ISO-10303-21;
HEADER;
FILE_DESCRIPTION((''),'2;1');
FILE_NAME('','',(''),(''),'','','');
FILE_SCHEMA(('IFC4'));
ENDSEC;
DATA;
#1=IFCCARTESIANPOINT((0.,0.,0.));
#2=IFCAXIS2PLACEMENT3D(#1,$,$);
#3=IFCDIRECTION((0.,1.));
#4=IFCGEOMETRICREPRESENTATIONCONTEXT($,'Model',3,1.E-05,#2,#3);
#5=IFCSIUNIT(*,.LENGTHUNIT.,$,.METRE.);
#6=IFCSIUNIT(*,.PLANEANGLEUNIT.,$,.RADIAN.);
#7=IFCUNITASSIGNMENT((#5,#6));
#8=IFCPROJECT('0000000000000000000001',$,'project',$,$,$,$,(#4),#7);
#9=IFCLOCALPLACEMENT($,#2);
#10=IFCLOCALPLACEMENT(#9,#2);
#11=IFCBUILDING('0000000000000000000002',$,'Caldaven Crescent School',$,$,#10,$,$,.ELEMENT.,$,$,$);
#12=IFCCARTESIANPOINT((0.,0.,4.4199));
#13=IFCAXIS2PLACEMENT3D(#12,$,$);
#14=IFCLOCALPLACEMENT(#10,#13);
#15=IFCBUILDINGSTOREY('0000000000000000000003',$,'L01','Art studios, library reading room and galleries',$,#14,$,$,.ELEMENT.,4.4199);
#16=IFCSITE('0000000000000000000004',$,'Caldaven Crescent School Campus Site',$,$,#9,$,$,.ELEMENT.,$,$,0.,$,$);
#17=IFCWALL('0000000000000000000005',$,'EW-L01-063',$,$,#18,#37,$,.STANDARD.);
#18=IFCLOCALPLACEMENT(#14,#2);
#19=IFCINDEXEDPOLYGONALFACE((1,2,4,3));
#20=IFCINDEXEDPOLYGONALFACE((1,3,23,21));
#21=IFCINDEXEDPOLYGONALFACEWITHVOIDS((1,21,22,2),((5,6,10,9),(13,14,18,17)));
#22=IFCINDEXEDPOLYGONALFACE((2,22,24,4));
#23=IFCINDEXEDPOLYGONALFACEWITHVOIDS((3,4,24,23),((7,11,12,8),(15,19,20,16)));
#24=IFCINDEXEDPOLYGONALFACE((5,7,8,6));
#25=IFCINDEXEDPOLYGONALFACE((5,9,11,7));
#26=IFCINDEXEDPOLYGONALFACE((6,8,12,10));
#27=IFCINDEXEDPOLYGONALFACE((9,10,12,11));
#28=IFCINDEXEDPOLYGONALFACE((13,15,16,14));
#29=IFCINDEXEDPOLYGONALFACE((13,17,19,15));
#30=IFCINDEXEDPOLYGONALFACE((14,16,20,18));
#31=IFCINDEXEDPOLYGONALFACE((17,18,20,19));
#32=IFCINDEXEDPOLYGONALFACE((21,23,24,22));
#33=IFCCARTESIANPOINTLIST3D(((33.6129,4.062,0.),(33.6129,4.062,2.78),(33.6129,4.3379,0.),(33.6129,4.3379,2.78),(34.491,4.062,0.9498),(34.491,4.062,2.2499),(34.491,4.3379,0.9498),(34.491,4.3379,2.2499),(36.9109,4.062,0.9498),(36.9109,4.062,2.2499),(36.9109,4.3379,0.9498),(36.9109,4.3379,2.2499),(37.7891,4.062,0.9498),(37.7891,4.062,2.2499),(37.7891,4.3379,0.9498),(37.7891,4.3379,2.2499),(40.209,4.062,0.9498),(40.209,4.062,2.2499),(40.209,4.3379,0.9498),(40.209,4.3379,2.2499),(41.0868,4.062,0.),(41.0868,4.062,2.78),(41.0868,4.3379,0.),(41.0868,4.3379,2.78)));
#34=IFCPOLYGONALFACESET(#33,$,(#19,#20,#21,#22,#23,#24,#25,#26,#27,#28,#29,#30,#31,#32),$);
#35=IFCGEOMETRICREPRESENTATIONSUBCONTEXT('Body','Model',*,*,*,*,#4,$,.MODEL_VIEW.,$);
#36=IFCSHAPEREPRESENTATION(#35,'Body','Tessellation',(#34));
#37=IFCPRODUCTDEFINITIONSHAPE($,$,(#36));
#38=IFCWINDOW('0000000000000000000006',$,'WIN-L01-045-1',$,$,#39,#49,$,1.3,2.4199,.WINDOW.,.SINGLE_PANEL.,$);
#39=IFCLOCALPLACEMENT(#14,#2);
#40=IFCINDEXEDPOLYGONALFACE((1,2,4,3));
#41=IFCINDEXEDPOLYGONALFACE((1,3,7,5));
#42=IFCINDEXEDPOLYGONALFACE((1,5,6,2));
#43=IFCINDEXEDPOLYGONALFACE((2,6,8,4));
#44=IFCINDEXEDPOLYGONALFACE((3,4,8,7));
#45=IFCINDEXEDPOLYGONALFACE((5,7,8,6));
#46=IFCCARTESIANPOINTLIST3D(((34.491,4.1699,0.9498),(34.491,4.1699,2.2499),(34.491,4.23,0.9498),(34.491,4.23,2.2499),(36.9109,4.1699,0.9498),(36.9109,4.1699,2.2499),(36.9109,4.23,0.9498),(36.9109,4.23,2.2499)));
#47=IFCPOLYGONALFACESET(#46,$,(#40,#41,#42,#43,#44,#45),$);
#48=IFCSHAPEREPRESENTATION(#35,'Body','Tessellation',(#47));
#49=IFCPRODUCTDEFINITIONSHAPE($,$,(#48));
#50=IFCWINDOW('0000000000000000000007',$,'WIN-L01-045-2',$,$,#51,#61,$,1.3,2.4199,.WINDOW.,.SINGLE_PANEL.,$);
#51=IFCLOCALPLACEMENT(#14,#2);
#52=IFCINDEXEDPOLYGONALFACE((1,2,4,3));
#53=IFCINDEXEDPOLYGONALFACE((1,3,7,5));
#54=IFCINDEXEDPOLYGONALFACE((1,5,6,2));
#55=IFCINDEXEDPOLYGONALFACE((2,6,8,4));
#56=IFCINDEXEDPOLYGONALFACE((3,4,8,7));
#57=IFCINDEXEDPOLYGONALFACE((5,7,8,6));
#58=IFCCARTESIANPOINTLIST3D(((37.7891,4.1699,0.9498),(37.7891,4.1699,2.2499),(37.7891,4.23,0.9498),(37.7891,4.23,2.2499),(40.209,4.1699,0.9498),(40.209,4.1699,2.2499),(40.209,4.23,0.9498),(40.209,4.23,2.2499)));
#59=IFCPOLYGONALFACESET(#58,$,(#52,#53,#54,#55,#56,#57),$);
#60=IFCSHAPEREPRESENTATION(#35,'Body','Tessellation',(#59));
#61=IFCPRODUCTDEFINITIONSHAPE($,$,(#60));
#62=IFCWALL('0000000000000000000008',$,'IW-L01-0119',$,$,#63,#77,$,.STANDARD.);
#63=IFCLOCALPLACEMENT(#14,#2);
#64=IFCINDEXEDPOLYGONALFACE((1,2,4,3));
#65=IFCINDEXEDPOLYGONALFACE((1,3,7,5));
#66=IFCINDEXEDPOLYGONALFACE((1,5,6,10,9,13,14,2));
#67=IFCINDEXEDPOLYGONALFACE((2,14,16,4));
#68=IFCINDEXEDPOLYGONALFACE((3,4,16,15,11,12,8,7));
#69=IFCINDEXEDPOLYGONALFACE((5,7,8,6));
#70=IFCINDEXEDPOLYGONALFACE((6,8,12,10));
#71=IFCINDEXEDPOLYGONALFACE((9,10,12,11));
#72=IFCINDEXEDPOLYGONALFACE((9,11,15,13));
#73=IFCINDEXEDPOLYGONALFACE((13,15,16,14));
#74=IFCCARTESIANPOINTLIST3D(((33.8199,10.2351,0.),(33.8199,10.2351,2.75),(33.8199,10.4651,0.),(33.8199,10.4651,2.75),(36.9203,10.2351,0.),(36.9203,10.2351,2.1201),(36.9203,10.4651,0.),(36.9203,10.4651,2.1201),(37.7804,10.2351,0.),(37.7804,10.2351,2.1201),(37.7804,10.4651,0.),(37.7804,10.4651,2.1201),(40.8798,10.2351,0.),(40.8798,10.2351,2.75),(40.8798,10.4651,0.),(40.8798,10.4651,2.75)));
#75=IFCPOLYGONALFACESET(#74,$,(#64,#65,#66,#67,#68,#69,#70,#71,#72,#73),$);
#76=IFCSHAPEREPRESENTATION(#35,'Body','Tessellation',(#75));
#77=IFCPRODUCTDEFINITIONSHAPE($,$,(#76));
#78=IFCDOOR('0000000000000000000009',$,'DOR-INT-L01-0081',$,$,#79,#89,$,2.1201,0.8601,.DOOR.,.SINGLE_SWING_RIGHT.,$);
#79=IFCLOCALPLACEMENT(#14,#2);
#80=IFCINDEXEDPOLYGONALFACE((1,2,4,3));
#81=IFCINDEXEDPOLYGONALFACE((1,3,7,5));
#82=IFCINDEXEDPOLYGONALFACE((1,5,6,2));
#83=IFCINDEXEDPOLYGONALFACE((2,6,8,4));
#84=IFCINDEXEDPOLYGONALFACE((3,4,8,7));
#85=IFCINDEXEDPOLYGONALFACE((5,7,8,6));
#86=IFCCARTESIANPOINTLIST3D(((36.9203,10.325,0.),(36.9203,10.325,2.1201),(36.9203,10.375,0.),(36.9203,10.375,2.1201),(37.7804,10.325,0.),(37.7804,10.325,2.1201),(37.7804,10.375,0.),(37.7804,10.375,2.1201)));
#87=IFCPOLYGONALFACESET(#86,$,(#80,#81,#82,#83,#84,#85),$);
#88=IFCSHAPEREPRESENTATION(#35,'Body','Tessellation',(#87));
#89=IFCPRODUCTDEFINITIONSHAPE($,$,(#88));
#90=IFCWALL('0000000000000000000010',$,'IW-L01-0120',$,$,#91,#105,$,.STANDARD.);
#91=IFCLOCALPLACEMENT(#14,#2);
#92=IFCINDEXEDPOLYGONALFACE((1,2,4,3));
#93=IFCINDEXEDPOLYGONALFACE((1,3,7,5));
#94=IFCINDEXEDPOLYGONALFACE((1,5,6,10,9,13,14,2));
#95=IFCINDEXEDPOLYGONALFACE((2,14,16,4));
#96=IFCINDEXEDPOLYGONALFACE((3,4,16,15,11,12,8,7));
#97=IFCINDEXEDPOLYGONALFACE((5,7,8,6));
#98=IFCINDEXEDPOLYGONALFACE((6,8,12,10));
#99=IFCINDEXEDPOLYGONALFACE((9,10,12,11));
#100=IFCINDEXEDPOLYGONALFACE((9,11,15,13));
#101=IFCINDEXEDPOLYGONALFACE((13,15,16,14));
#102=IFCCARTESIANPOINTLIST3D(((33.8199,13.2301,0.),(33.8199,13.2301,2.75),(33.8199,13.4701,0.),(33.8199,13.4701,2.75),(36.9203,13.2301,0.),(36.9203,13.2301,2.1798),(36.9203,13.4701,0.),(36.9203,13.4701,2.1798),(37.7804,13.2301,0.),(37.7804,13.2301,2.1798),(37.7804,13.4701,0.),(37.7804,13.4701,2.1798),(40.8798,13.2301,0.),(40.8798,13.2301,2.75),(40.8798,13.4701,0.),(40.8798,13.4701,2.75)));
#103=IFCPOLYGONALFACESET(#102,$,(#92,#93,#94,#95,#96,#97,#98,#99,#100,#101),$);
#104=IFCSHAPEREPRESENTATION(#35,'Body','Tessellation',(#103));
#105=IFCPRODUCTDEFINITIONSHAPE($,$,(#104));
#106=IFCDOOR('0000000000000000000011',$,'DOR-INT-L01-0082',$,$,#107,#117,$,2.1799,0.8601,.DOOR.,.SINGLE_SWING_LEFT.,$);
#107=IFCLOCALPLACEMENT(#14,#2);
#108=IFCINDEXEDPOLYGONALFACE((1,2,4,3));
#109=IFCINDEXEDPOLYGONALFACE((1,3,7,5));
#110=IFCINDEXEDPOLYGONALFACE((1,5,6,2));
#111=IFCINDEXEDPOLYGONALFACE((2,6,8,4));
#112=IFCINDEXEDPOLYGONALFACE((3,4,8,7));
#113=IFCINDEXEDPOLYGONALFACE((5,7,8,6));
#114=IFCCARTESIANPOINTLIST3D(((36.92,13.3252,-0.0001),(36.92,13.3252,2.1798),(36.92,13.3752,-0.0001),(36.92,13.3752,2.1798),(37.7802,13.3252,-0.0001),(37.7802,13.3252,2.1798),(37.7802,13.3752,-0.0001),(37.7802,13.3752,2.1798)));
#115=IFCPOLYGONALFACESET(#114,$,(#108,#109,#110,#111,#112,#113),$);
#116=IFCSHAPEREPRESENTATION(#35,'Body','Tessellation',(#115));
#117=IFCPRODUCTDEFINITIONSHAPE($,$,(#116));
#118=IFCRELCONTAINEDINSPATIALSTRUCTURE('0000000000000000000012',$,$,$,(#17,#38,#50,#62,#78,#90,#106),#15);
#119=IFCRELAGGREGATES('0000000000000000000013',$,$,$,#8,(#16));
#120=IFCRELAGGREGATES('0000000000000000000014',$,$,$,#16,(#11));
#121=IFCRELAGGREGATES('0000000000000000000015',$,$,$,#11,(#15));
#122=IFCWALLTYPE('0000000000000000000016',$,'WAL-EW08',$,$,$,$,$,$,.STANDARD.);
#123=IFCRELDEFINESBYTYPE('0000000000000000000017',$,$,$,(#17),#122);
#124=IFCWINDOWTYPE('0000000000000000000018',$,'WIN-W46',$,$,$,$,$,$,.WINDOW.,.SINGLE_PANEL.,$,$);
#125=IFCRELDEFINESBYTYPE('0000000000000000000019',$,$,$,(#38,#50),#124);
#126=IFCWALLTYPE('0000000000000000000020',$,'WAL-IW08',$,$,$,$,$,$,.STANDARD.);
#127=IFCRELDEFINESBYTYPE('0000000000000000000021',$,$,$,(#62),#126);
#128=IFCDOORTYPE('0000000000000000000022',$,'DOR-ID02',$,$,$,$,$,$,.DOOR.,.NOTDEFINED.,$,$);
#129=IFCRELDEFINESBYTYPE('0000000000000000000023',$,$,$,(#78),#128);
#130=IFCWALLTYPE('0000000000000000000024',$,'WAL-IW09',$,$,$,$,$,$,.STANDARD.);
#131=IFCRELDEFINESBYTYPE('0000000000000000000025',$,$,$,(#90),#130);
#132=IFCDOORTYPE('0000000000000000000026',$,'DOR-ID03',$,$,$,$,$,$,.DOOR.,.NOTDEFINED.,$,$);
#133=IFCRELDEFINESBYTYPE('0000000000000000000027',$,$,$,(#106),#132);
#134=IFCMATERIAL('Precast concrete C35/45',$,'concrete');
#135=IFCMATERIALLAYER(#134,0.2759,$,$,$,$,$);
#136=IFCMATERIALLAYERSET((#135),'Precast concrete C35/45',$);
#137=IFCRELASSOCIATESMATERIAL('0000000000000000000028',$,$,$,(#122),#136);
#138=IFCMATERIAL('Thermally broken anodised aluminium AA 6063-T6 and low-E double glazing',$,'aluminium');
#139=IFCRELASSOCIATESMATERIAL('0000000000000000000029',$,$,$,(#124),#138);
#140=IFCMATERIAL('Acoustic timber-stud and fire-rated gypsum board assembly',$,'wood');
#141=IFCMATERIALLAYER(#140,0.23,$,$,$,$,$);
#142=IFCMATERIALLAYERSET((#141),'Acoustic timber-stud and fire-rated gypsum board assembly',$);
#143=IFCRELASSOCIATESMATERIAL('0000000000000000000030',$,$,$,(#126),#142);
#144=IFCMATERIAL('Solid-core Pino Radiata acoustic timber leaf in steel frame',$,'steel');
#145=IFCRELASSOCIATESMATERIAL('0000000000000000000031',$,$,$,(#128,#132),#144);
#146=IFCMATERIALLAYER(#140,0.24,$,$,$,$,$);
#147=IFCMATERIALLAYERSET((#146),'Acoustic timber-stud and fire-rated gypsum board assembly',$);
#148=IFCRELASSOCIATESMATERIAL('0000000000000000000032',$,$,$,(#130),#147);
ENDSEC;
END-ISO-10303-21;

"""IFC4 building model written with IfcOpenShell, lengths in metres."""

from ifc_helpers import new_model, si_unit, direction, frame, frame_2d, origin, place, context, subcontext, project, spatial, rectangle, extrude, material, layer, layer_set, type_object, element, fill, save


model = new_model("IFC4")

# Units and contexts
model_context = context("Model", 3, precision=1e-05, world=origin(), true_north=direction((0.0, 1.0)))
body_context = subcontext(model_context, "Body", "Model", "MODEL_VIEW")
ifc_project = project(units=[si_unit("LENGTHUNIT", "METRE"), si_unit("PLANEANGLEUNIT", "RADIAN")], contexts=[model_context])

# Site, building, storey
site_placement = place(None, origin())
site = spatial("IfcSite", under=ifc_project, at=site_placement, Name="Caldaven Crescent School Campus Site", CompositionType="ELEMENT", RefElevation=0.0)
building_placement = place(site_placement, origin())
building = spatial("IfcBuilding", under=site, at=building_placement, Name="Caldaven Crescent School", CompositionType="ELEMENT")
storey_placement = place(building_placement, frame((0.0, 0.0, 4.4199)))
storey = spatial("IfcBuildingStorey", under=building, at=storey_placement, Name="L01", Description="Art studios, library reading room and galleries", CompositionType="ELEMENT", Elevation=4.4199)

# Wall, openings, windows
ifc_material_1 = material(Name="Precast concrete C35/45", Category="concrete")
ifc_layer_1 = layer(ifc_material_1, 0.2759)
ifc_layer_set_1 = layer_set([ifc_layer_1], Name="Precast concrete C35/45")
wall_type_1 = type_object("IfcWallType", Name="WAL-EW08", PredefinedType="STANDARD", material=ifc_layer_set_1)
wall_1_placement = place(storey_placement, frame((33.613, 4.2, 0.0), z_axis=(0.0, 0.0, 1.0), x_axis=(1.0, 0.0, 0.0)))
wall_1 = element("IfcWall", 1, at=wall_1_placement, inside=storey, type_object=wall_type_1, Name="EW-L01-063", PredefinedType="STANDARD", context=body_context, shape_type="SweptSolid", body=[
    extrude(rectangle(XDim=7.4739, YDim=0.2759, at=frame_2d((3.7368, 0.0))), origin(), (0.0, 0.0, 1.0), 2.78),
])
opening_1_placement = place(wall_1_placement, frame((0.8779, 0.0, 0.95)))
opening_1 = element("IfcOpeningElement", 2, at=opening_1_placement, cuts=wall_1, PredefinedType="OPENING", context=body_context, shape_type="SweptSolid", body=[
    extrude(rectangle(XDim=2.4199, YDim=1.3, at=frame_2d((1.21, 0.6499))), frame((0.0, 0.1479, 0.0), z_axis=(0.0, -1.0, 0.0), x_axis=(1.0, 0.0, 0.0)), (0.0, 0.0, 1.0), 0.2959),
])
opening_2_placement = place(wall_1_placement, frame((4.176, 0.0, 0.95)))
opening_2 = element("IfcOpeningElement", 3, at=opening_2_placement, cuts=wall_1, PredefinedType="OPENING", context=body_context, shape_type="SweptSolid", body=[
    extrude(rectangle(XDim=2.4199, YDim=1.3, at=frame_2d((1.21, 0.6499))), frame((0.0, 0.1479, 0.0), z_axis=(0.0, -1.0, 0.0), x_axis=(1.0, 0.0, 0.0)), (0.0, 0.0, 1.0), 0.2959),
])
ifc_material_2 = material(Name="Thermally broken anodised aluminium AA 6063-T6 and low-E double glazing", Category="aluminium")
window_type = type_object("IfcWindowType", Name="WIN-W46", PartitioningType="SINGLE_PANEL", PredefinedType="WINDOW", material=ifc_material_2)
window_1_placement = place(opening_1_placement, origin())
window_1 = element("IfcWindow", 4, at=window_1_placement, inside=storey, type_object=window_type, Name="WIN-L01-045-1", OverallHeight=1.3, OverallWidth=2.4199, PartitioningType="SINGLE_PANEL", PredefinedType="WINDOW", context=body_context, shape_type="SweptSolid", body=[
    extrude(rectangle(XDim=2.4199, YDim=1.3, at=frame_2d((1.21, 0.6499))), frame((0.0, 0.03, 0.0), z_axis=(0.0, -1.0, 0.0), x_axis=(1.0, 0.0, 0.0)), (0.0, 0.0, 1.0), 0.0601),
])
fill(opening_1, window_1)
window_2_placement = place(opening_2_placement, origin())
window_2 = element("IfcWindow", 5, at=window_2_placement, inside=storey, type_object=window_type, Name="WIN-L01-045-2", OverallHeight=1.3, OverallWidth=2.4199, PartitioningType="SINGLE_PANEL", PredefinedType="WINDOW", context=body_context, shape_type="SweptSolid", body=[
    extrude(rectangle(XDim=2.4199, YDim=1.3, at=frame_2d((1.21, 0.6499))), frame((0.0, 0.03, 0.0), z_axis=(0.0, -1.0, 0.0), x_axis=(1.0, 0.0, 0.0)), (0.0, 0.0, 1.0), 0.0601),
])
fill(opening_2, window_2)

# Walls, openings, doors
ifc_material_3 = material(Name="Acoustic timber-stud and fire-rated gypsum board assembly", Category="wood")
ifc_layer_2 = layer(ifc_material_3, 0.23)
ifc_layer_set_2 = layer_set([ifc_layer_2], Name="Acoustic timber-stud and fire-rated gypsum board assembly")
wall_type_2 = type_object("IfcWallType", Name="WAL-IW08", PredefinedType="STANDARD", material=ifc_layer_set_2)
wall_2_placement = place(storey_placement, frame((33.8201, 10.3501, 0.0), z_axis=(0.0, 0.0, 1.0), x_axis=(1.0, 0.0, 0.0)))
wall_2 = element("IfcWall", 6, at=wall_2_placement, inside=storey, type_object=wall_type_2, Name="IW-L01-0119", PredefinedType="STANDARD", context=body_context, shape_type="SweptSolid", body=[
    extrude(rectangle(XDim=7.0598, YDim=0.23, at=frame_2d((3.5298, 0.0))), origin(), (0.0, 0.0, 1.0), 2.75),
])
opening_3_placement = place(wall_2_placement, frame((3.1001, 0.0, 0.0)))
opening_3 = element("IfcOpeningElement", 7, at=opening_3_placement, cuts=wall_2, PredefinedType="OPENING", context=body_context, shape_type="SweptSolid", body=[
    extrude(rectangle(XDim=0.8601, YDim=2.1201, at=frame_2d((0.4302, 1.0601))), frame((0.0, 0.125, 0.0), z_axis=(0.0, -1.0, 0.0), x_axis=(1.0, 0.0, 0.0)), (0.0, 0.0, 1.0), 0.25),
])
ifc_material_4 = material(Name="Solid-core Pino Radiata acoustic timber leaf in steel frame", Category="steel")
door_type_1 = type_object("IfcDoorType", Name="DOR-ID02", OperationType="NOTDEFINED", PredefinedType="DOOR", material=ifc_material_4)
door_1_placement = place(opening_3_placement, origin())
door_1 = element("IfcDoor", 8, at=door_1_placement, inside=storey, type_object=door_type_1, Name="DOR-INT-L01-0081", OperationType="SINGLE_SWING_RIGHT", OverallHeight=2.1201, OverallWidth=0.8601, PredefinedType="DOOR", context=body_context, shape_type="SweptSolid", body=[
    extrude(rectangle(XDim=0.8601, YDim=2.1201, at=frame_2d((0.4302, 1.0601))), frame((0.0, 0.0249, 0.0), z_axis=(0.0, -1.0, 0.0), x_axis=(1.0, 0.0, 0.0)), (0.0, 0.0, 1.0), 0.05),
])
fill(opening_3, door_1)
ifc_layer_3 = layer(ifc_material_3, 0.24)
ifc_layer_set_3 = layer_set([ifc_layer_3], Name="Acoustic timber-stud and fire-rated gypsum board assembly")
wall_type_3 = type_object("IfcWallType", Name="WAL-IW09", PredefinedType="STANDARD", material=ifc_layer_set_3)
wall_3_placement = place(storey_placement, frame((33.8201, 13.3501, 0.0), z_axis=(0.0, 0.0, 1.0), x_axis=(1.0, 0.0, 0.0)))
wall_3 = element("IfcWall", 9, at=wall_3_placement, inside=storey, type_object=wall_type_3, Name="IW-L01-0120", PredefinedType="STANDARD", context=body_context, shape_type="SweptSolid", body=[
    extrude(rectangle(XDim=7.0598, YDim=0.24, at=frame_2d((3.5298, 0.0))), origin(), (0.0, 0.0, 1.0), 2.75),
])
opening_4_placement = place(wall_3_placement, frame((3.1001, 0.0, 0.0)))
opening_4 = element("IfcOpeningElement", 10, at=opening_4_placement, cuts=wall_3, PredefinedType="OPENING", context=body_context, shape_type="SweptSolid", body=[
    extrude(rectangle(XDim=0.8601, YDim=2.1799, at=frame_2d((0.4302, 1.0898))), frame((0.0, 0.1299, 0.0), z_axis=(0.0, -1.0, 0.0), x_axis=(1.0, 0.0, 0.0)), (0.0, 0.0, 1.0), 0.26),
])
door_type_2 = type_object("IfcDoorType", Name="DOR-ID03", OperationType="NOTDEFINED", PredefinedType="DOOR", material=ifc_material_4)
door_2_placement = place(opening_4_placement, frame((0.8601, 0.0, 0.0), z_axis=(0.0, 0.0, 1.0), x_axis=(-1.0, 0.0, 0.0)))
door_2 = element("IfcDoor", 11, at=door_2_placement, inside=storey, type_object=door_type_2, Name="DOR-INT-L01-0082", OperationType="SINGLE_SWING_LEFT", OverallHeight=2.1799, OverallWidth=0.8601, PredefinedType="DOOR", context=body_context, shape_type="SweptSolid", body=[
    extrude(rectangle(XDim=0.8601, YDim=2.1799, at=frame_2d((0.4302, 1.0898))), frame((0.0, 0.0249, 0.0), z_axis=(0.0, -1.0, 0.0), x_axis=(1.0, 0.0, 0.0)), (0.0, 0.0, 1.0), 0.05),
])
fill(opening_4, door_2)

save(model, "model.ifc")
